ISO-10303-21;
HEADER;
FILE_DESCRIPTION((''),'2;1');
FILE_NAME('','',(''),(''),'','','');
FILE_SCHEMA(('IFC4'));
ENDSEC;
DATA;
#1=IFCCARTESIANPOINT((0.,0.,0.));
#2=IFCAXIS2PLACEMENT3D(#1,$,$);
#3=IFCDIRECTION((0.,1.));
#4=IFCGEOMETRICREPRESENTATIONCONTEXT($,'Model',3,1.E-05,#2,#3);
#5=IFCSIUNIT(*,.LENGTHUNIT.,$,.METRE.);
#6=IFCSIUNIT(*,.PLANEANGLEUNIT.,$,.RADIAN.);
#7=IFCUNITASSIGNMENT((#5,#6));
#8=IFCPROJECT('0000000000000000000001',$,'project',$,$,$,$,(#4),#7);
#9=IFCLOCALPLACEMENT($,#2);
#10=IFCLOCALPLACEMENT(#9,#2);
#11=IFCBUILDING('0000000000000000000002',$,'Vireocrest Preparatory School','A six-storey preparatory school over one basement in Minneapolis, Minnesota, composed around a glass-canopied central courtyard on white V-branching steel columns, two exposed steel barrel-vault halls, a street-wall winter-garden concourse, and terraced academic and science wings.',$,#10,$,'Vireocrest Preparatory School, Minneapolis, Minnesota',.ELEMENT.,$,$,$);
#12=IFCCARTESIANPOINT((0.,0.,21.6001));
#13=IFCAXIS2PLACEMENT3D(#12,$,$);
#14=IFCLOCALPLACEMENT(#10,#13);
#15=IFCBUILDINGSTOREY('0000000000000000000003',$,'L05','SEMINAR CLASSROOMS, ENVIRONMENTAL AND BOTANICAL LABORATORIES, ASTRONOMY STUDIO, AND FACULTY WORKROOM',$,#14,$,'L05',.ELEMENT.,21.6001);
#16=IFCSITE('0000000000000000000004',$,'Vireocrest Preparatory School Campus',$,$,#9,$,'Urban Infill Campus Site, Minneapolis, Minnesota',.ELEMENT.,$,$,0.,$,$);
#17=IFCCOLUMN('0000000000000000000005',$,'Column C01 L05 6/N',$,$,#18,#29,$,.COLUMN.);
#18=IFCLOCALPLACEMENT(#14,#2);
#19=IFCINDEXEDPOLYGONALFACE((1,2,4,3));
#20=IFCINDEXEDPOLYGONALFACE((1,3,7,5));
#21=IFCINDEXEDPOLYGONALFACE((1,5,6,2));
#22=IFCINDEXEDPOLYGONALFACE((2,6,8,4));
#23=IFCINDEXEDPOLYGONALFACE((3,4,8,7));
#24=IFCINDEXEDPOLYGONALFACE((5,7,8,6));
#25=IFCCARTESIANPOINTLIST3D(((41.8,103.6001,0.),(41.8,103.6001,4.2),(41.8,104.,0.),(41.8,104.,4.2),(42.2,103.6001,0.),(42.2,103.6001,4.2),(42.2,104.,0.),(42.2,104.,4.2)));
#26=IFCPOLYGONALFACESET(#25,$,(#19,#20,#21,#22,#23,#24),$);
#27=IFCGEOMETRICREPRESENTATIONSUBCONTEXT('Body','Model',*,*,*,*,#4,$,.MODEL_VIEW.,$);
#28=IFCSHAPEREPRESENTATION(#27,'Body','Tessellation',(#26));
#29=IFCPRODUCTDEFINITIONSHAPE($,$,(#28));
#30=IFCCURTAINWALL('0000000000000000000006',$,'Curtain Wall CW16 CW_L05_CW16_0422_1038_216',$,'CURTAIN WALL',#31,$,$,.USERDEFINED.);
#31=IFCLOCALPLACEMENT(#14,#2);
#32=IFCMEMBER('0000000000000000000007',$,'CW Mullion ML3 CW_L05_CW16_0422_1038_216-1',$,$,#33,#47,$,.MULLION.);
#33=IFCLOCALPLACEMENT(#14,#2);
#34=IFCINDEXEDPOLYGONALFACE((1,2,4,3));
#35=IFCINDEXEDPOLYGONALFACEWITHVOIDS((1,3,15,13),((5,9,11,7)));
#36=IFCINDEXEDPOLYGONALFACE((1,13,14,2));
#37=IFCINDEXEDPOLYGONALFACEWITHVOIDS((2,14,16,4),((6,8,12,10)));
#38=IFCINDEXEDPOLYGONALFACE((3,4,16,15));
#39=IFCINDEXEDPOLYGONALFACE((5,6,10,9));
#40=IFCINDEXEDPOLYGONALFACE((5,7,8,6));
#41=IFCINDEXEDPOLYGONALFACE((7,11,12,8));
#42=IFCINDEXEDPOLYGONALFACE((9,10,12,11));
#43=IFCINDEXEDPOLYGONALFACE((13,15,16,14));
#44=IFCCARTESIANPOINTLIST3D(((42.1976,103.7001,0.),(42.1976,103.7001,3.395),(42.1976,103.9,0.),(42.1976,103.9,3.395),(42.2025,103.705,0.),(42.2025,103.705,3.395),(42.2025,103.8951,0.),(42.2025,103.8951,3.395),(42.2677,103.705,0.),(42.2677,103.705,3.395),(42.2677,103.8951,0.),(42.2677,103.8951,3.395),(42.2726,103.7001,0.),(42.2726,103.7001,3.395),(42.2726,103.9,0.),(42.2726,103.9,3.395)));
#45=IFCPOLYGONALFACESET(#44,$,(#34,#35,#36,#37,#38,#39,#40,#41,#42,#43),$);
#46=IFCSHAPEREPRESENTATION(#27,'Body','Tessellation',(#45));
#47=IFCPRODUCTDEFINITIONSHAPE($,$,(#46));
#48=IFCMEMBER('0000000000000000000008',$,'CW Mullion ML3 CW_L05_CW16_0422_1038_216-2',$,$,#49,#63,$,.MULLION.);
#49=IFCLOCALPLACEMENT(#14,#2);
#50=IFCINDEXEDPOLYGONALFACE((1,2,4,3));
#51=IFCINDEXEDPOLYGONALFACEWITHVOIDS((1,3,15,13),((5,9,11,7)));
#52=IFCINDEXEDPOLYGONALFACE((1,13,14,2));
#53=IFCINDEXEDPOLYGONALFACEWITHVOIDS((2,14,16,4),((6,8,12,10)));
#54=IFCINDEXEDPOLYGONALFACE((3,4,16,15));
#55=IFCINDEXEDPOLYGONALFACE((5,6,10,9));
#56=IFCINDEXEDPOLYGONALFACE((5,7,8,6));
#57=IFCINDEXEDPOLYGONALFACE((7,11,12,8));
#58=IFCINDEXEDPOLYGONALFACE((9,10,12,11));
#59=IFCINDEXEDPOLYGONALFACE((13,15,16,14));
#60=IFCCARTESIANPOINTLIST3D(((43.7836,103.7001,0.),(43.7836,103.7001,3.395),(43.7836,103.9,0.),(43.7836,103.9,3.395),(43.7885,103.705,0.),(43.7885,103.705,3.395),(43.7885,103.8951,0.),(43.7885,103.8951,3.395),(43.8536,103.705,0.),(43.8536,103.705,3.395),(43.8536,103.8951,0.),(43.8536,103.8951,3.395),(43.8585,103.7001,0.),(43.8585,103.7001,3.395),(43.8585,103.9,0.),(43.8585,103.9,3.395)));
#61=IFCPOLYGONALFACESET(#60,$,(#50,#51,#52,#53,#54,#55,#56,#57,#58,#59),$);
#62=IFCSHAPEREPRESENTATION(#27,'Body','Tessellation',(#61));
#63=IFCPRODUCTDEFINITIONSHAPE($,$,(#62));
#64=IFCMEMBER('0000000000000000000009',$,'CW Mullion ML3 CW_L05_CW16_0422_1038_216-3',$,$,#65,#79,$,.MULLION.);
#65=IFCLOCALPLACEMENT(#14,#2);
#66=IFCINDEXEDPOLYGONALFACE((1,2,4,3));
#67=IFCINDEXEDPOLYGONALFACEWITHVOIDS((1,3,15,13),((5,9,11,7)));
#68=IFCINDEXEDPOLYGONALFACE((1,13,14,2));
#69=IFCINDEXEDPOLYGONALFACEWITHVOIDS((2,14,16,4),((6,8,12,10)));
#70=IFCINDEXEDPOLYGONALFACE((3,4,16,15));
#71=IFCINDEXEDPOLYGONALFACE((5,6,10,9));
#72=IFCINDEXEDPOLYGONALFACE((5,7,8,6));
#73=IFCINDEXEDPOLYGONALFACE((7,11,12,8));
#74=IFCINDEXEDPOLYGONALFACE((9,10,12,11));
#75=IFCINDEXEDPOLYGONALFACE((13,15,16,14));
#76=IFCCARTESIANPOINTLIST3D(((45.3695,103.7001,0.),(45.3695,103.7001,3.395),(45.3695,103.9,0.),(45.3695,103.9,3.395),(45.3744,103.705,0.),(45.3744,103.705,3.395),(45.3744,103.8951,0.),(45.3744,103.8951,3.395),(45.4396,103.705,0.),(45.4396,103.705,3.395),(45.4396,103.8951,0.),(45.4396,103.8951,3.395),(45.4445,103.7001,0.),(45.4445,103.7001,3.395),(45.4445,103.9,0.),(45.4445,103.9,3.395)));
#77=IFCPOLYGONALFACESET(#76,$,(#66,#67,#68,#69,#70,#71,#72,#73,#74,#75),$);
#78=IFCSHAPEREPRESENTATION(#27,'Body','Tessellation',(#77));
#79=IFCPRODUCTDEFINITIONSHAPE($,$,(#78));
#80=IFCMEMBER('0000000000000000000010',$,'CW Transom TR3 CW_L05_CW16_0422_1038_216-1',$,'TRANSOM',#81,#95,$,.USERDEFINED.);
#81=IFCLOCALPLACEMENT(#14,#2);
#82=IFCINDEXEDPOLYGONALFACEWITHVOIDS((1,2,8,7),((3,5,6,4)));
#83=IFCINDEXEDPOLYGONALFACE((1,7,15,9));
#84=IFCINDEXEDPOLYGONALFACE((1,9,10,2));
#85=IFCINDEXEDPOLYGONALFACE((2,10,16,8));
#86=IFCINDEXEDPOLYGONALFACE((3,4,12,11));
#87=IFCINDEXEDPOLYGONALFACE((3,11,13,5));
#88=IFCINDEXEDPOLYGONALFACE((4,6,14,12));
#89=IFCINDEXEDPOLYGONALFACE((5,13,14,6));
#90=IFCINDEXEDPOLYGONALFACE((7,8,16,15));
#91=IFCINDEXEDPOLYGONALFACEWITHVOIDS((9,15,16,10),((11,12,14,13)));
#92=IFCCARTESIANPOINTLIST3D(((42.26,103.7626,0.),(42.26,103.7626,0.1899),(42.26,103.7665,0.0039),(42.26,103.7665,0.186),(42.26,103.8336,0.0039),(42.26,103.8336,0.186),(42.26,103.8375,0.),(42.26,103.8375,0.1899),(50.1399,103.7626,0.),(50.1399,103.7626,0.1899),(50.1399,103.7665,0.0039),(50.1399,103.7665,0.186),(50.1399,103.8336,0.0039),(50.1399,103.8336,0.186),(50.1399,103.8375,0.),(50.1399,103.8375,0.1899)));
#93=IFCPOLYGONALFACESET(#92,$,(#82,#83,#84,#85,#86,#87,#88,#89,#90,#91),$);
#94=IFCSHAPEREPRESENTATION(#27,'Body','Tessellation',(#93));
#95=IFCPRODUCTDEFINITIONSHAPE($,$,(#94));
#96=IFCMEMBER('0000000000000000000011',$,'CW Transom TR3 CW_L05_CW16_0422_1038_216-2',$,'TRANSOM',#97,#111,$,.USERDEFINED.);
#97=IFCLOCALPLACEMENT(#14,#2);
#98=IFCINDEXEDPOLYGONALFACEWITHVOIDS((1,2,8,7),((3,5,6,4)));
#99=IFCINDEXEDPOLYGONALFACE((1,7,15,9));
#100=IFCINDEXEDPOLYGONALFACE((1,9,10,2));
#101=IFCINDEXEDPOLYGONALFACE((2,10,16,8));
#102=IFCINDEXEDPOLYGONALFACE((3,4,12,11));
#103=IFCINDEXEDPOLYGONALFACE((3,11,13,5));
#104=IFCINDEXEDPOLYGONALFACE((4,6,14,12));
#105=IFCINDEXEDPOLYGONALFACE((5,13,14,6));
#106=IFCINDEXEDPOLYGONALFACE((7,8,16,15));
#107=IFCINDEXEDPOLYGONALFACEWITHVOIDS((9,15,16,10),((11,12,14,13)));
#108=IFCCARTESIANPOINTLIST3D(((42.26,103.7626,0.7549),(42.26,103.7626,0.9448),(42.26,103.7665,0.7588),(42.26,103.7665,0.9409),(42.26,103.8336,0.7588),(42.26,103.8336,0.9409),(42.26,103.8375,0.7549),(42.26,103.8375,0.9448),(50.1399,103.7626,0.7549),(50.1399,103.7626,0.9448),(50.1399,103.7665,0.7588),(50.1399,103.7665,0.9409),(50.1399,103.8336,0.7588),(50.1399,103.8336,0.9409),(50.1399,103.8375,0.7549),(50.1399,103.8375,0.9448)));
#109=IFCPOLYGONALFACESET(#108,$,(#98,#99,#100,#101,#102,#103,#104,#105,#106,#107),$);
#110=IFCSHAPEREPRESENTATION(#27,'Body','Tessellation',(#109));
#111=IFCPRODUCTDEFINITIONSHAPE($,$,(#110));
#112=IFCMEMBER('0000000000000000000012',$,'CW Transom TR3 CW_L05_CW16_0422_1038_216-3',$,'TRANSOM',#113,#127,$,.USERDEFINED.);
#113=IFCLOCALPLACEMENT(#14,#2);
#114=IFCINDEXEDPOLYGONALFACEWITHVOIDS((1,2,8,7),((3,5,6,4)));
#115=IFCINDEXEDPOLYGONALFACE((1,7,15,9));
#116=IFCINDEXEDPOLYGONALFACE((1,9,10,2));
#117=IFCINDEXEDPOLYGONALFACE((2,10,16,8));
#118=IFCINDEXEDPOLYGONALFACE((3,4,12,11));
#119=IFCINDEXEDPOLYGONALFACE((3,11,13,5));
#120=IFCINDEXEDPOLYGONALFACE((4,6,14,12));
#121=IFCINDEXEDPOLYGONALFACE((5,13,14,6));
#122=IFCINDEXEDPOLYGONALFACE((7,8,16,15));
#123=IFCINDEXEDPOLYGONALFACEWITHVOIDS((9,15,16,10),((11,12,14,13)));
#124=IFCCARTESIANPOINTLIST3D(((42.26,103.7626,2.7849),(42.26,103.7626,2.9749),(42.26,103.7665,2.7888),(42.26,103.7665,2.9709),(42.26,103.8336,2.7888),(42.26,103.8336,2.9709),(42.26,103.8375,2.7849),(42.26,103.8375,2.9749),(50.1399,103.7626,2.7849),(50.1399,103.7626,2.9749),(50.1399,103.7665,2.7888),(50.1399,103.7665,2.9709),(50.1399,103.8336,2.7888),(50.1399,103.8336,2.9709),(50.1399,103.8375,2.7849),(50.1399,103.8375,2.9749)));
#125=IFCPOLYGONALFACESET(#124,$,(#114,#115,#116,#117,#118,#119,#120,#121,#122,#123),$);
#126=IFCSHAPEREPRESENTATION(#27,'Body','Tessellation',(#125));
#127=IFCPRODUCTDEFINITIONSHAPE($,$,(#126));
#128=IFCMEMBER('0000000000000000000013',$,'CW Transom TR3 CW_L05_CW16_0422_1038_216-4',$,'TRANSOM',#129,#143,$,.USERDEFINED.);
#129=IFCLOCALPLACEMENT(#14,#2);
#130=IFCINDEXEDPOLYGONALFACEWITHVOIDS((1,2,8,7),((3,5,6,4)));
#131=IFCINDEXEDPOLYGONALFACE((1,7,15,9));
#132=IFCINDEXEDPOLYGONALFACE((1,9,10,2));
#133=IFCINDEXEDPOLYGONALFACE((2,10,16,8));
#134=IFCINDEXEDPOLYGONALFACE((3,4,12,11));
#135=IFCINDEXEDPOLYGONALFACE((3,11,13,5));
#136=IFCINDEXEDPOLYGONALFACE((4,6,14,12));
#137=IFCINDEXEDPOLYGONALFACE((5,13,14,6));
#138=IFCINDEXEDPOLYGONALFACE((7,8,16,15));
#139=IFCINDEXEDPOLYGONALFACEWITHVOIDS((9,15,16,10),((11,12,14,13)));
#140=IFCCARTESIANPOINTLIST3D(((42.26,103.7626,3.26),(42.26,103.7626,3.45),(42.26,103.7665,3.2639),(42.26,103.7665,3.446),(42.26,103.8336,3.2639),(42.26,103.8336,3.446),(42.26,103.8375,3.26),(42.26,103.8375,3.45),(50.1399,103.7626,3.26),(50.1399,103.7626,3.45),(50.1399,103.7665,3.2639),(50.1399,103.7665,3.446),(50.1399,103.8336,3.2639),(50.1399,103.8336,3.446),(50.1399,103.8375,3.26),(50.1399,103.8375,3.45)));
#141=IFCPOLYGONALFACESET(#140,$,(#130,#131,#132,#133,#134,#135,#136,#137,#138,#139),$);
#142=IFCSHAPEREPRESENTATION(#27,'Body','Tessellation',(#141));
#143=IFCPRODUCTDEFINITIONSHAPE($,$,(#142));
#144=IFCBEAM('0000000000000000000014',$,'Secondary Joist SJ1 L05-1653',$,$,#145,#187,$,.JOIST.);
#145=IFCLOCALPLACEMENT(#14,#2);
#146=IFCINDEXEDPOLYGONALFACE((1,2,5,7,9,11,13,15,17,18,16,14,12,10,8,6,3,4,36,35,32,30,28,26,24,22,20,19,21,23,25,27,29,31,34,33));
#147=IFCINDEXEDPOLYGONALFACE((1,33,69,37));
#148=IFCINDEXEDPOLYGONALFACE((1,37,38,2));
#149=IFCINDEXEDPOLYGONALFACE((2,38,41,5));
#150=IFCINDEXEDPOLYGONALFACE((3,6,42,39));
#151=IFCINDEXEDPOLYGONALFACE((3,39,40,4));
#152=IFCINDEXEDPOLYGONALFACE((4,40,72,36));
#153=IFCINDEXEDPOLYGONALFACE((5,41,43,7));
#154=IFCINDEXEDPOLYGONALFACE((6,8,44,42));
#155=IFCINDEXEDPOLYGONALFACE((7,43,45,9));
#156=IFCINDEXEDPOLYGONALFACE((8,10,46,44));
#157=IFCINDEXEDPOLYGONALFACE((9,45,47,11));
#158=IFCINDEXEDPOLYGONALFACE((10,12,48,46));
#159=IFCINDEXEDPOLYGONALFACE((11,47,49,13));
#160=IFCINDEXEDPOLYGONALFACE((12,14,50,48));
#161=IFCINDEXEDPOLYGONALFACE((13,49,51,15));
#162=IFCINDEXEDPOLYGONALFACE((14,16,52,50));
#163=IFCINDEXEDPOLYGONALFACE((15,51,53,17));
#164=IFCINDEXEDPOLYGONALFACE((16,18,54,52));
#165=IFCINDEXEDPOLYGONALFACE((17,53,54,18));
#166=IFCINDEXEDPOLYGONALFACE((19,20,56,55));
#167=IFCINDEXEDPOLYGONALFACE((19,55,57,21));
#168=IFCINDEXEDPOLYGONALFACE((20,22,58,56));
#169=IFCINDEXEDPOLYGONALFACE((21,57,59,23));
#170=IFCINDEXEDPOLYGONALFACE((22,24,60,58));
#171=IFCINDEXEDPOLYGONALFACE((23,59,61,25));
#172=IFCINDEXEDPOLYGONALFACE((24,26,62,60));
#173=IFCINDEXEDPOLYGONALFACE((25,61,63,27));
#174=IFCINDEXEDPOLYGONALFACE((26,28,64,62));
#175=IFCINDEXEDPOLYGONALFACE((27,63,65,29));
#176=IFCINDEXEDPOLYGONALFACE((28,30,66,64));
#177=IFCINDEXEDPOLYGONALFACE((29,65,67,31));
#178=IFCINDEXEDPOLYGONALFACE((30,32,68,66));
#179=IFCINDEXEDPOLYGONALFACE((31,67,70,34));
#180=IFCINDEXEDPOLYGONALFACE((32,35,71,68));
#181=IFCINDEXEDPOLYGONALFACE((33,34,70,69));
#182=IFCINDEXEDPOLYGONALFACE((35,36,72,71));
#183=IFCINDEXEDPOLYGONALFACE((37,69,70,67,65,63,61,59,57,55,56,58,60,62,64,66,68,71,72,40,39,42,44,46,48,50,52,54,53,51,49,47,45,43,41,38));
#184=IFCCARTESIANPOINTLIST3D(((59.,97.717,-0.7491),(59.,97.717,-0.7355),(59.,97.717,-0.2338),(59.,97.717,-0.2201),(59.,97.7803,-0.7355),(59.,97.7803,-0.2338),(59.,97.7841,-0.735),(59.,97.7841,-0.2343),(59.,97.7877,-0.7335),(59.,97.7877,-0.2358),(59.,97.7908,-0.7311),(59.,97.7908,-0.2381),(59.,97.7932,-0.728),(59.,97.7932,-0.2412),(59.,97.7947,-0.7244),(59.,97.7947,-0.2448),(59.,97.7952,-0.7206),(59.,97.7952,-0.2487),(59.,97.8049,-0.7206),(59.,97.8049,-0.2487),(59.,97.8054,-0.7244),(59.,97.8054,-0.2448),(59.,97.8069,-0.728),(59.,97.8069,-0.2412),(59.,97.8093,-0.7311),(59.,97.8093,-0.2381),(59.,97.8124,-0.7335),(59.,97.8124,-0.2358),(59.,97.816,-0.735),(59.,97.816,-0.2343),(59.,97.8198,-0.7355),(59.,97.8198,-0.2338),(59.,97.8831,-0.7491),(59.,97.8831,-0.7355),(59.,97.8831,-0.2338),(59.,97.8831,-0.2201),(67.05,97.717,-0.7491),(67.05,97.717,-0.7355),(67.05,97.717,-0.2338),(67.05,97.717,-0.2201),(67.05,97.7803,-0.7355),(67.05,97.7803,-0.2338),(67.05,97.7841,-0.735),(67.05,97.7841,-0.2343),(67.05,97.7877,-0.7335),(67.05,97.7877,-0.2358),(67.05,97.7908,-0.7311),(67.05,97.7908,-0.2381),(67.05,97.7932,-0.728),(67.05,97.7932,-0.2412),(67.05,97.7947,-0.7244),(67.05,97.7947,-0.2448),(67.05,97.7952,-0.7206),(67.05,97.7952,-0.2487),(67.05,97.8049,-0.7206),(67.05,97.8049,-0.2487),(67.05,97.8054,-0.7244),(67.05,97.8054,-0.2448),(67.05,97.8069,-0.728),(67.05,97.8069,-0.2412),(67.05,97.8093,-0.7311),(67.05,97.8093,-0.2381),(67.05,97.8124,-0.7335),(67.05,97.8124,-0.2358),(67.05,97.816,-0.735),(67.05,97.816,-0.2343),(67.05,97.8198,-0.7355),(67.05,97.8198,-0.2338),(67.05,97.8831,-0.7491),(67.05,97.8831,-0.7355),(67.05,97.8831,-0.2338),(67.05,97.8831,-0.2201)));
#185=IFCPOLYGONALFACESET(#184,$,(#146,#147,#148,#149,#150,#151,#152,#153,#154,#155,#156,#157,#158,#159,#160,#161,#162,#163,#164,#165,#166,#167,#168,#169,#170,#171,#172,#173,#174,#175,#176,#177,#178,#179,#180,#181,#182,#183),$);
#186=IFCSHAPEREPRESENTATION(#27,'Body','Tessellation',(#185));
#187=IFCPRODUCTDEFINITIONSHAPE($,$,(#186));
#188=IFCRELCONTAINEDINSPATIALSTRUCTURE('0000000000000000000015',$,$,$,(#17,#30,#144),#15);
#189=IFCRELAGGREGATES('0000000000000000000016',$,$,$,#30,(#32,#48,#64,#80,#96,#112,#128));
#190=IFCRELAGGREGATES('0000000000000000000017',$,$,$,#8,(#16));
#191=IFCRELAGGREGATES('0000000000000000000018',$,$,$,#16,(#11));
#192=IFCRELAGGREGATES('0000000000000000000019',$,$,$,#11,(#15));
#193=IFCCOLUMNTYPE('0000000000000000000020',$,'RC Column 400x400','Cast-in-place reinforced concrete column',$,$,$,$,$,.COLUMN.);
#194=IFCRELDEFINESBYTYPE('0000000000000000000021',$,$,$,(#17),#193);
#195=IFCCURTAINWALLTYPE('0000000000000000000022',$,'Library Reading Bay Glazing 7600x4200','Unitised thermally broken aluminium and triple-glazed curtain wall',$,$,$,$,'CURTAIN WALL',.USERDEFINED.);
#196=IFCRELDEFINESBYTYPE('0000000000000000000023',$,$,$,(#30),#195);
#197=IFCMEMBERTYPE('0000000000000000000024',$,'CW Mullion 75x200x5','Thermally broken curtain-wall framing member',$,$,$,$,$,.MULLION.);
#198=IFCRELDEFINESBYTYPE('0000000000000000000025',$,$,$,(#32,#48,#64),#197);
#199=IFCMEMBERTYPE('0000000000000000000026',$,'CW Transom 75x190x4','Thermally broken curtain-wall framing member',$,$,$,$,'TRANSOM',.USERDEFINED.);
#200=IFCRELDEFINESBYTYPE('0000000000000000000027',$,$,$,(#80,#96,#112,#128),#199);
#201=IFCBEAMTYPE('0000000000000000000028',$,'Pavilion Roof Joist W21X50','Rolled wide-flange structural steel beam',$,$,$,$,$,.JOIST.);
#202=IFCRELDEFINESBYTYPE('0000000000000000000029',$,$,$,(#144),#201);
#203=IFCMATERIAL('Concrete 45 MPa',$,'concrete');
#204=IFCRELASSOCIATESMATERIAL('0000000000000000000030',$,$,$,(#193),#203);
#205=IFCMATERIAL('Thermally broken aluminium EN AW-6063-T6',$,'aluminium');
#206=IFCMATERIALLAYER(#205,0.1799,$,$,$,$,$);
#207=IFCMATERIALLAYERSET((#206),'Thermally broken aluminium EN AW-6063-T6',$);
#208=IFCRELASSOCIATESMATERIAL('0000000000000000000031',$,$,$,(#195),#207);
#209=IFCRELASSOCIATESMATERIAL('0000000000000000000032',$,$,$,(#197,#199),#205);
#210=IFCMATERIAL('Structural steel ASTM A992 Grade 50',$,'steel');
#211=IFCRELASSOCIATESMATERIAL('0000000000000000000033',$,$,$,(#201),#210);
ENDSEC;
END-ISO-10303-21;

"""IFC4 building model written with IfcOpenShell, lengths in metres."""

from ifc_helpers import new_model, si_unit, direction, frame, origin, origin_2d, place, context, subcontext, project, spatial, rectangle, hollow_rectangle, i_section, extrude, material, layer, layer_set, material_profile, profile_set, type_object, element, aggregate, save


model = new_model("IFC4")

# Units and contexts
model_context = context("Model", 3, precision=1e-05, world=origin(), true_north=direction((0.0, 1.0)))
body_context = subcontext(model_context, "Body", "Model", "MODEL_VIEW")
ifc_project = project(units=[si_unit("LENGTHUNIT", "METRE"), si_unit("PLANEANGLEUNIT", "RADIAN")], contexts=[model_context])

# Site, building, storey
site_placement = place(None, origin())
site = spatial("IfcSite", under=ifc_project, at=site_placement, Name="Vireocrest Preparatory School Campus", LongName="Urban Infill Campus Site, Minneapolis, Minnesota", CompositionType="ELEMENT", RefElevation=0.0)
building_placement = place(site_placement, origin())
building = spatial("IfcBuilding", under=site, at=building_placement, Name="Vireocrest Preparatory School", Description="A six-storey preparatory school over one basement in Minneapolis, Minnesota, composed around a glass-canopied central courtyard on white V-branching steel columns, two exposed steel barrel-vault halls, a street-wall winter-garden concourse, and terraced academic and science wings.", LongName="Vireocrest Preparatory School, Minneapolis, Minnesota", CompositionType="ELEMENT")
storey_placement = place(building_placement, frame((0.0, 0.0, 21.6001)))
storey = spatial("IfcBuildingStorey", under=building, at=storey_placement, Name="L05", Description="SEMINAR CLASSROOMS, ENVIRONMENTAL AND BOTANICAL LABORATORIES, ASTRONOMY STUDIO, AND FACULTY WORKROOM", LongName="L05", CompositionType="ELEMENT", Elevation=21.6001)

# Column
ifc_material_1 = material(Name="Concrete 45 MPa", Category="concrete")
ifc_material_profile_1 = material_profile(ifc_material_1, rectangle(XDim=0.3999, YDim=0.3999, at=origin_2d()), Name="RC 400x400")
ifc_profile_set_1 = profile_set([ifc_material_profile_1], Name="Concrete 45 MPa")
column_type = type_object("IfcColumnType", Name="RC Column 400x400", Description="Cast-in-place reinforced concrete column", PredefinedType="COLUMN", material=ifc_profile_set_1)
column_placement = place(storey_placement, frame((42.0, 103.8, 0.0), z_axis=(0.0, 0.0, 1.0), x_axis=(1.0, 0.0, 0.0)))
element("IfcColumn", 1, at=column_placement, inside=storey, type_object=column_type, Name="Column C01 L05 6/N", PredefinedType="COLUMN", context=body_context, shape_type="SweptSolid", body=[
    extrude(rectangle(XDim=0.3999, YDim=0.3999, at=origin_2d()), origin(), (0.0, 0.0, 1.0), 4.2),
])

# Curtain wall, members
ifc_material_2 = material(Name="Thermally broken aluminium EN AW-6063-T6", Category="aluminium")
ifc_layer_1 = layer(ifc_material_2, 0.1799)
ifc_layer_set_1 = layer_set([ifc_layer_1], Name="Thermally broken aluminium EN AW-6063-T6")
curtain_wall_type = type_object("IfcCurtainWallType", Name="Library Reading Bay Glazing 7600x4200", Description="Unitised thermally broken aluminium and triple-glazed curtain wall", ElementType="CURTAIN WALL", PredefinedType="USERDEFINED", material=ifc_layer_set_1)
curtain_wall_placement = place(storey_placement, origin())
curtain_wall = element("IfcCurtainWall", 2, at=curtain_wall_placement, inside=storey, type_object=curtain_wall_type, Name="Curtain Wall CW16 CW_L05_CW16_0422_1038_216", ObjectType="CURTAIN WALL", PredefinedType="USERDEFINED")
ifc_material_profile_2 = material_profile(ifc_material_2, hollow_rectangle(XDim=0.075, YDim=0.2, WallThickness=0.0049, at=origin_2d()), Name="ALU 75x200x5")
ifc_profile_set_2 = profile_set([ifc_material_profile_2], Name="Thermally broken aluminium EN AW-6063-T6")
member_type_1 = type_object("IfcMemberType", Name="CW Mullion 75x200x5", Description="Thermally broken curtain-wall framing member", PredefinedType="MULLION", material=ifc_profile_set_2)
member_1_placement = place(storey_placement, frame((42.2351, 103.8, 0.0), z_axis=(0.0, 0.0, 1.0), x_axis=(1.0, 0.0, 0.0)))
member_1 = element("IfcMember", 3, at=member_1_placement, type_object=member_type_1, Name="CW Mullion ML3 CW_L05_CW16_0422_1038_216-1", PredefinedType="MULLION", context=body_context, shape_type="SweptSolid", body=[
    extrude(hollow_rectangle(XDim=0.075, YDim=0.2, WallThickness=0.0049, at=origin_2d()), origin(), (0.0, 0.0, 1.0), 3.395),
])
member_2_placement = place(storey_placement, frame((43.821, 103.8, 0.0), z_axis=(0.0, 0.0, 1.0), x_axis=(1.0, 0.0, 0.0)))
member_2 = element("IfcMember", 4, at=member_2_placement, type_object=member_type_1, Name="CW Mullion ML3 CW_L05_CW16_0422_1038_216-2", PredefinedType="MULLION", context=body_context, shape_type="SweptSolid", body=[
    extrude(hollow_rectangle(XDim=0.075, YDim=0.2, WallThickness=0.0049, at=origin_2d()), origin(), (0.0, 0.0, 1.0), 3.395),
])
member_3_placement = place(storey_placement, frame((45.407, 103.8, 0.0), z_axis=(0.0, 0.0, 1.0), x_axis=(1.0, 0.0, 0.0)))
member_3 = element("IfcMember", 5, at=member_3_placement, type_object=member_type_1, Name="CW Mullion ML3 CW_L05_CW16_0422_1038_216-3", PredefinedType="MULLION", context=body_context, shape_type="SweptSolid", body=[
    extrude(hollow_rectangle(XDim=0.075, YDim=0.2, WallThickness=0.0049, at=origin_2d()), origin(), (0.0, 0.0, 1.0), 3.395),
])
ifc_material_profile_3 = material_profile(ifc_material_2, hollow_rectangle(XDim=0.075, YDim=0.1899, WallThickness=0.0039, at=origin_2d()), Name="ALU 75x190x4")
ifc_profile_set_3 = profile_set([ifc_material_profile_3], Name="Thermally broken aluminium EN AW-6063-T6")
member_type_2 = type_object("IfcMemberType", Name="CW Transom 75x190x4", Description="Thermally broken curtain-wall framing member", ElementType="TRANSOM", PredefinedType="USERDEFINED", material=ifc_profile_set_3)
member_4_placement = place(storey_placement, frame((42.26, 103.8, 0.095), z_axis=(1.0, 0.0, 0.0), x_axis=(0.0, 1.0, 0.0)))
member_4 = element("IfcMember", 6, at=member_4_placement, type_object=member_type_2, Name="CW Transom TR3 CW_L05_CW16_0422_1038_216-1", ObjectType="TRANSOM", PredefinedType="USERDEFINED", context=body_context, shape_type="SweptSolid", body=[
    extrude(hollow_rectangle(XDim=0.075, YDim=0.1899, WallThickness=0.0039, at=origin_2d()), origin(), (0.0, 0.0, 1.0), 7.8799),
])
member_5_placement = place(storey_placement, frame((42.26, 103.8, 0.8499), z_axis=(1.0, 0.0, 0.0), x_axis=(0.0, 1.0, 0.0)))
member_5 = element("IfcMember", 7, at=member_5_placement, type_object=member_type_2, Name="CW Transom TR3 CW_L05_CW16_0422_1038_216-2", ObjectType="TRANSOM", PredefinedType="USERDEFINED", context=body_context, shape_type="SweptSolid", body=[
    extrude(hollow_rectangle(XDim=0.075, YDim=0.1899, WallThickness=0.0039, at=origin_2d()), origin(), (0.0, 0.0, 1.0), 7.8799),
])
member_6_placement = place(storey_placement, frame((42.26, 103.8, 2.8799), z_axis=(1.0, 0.0, 0.0), x_axis=(0.0, 1.0, 0.0)))
member_6 = element("IfcMember", 8, at=member_6_placement, type_object=member_type_2, Name="CW Transom TR3 CW_L05_CW16_0422_1038_216-3", ObjectType="TRANSOM", PredefinedType="USERDEFINED", context=body_context, shape_type="SweptSolid", body=[
    extrude(hollow_rectangle(XDim=0.075, YDim=0.1899, WallThickness=0.0039, at=origin_2d()), origin(), (0.0, 0.0, 1.0), 7.8799),
])
member_7_placement = place(storey_placement, frame((42.26, 103.8, 3.355), z_axis=(1.0, 0.0, 0.0), x_axis=(0.0, 1.0, 0.0)))
member_7 = element("IfcMember", 9, at=member_7_placement, type_object=member_type_2, Name="CW Transom TR3 CW_L05_CW16_0422_1038_216-4", ObjectType="TRANSOM", PredefinedType="USERDEFINED", context=body_context, shape_type="SweptSolid", body=[
    extrude(hollow_rectangle(XDim=0.075, YDim=0.1899, WallThickness=0.0039, at=origin_2d()), origin(), (0.0, 0.0, 1.0), 7.8799),
])

# Beam
ifc_material_3 = material(Name="Structural steel ASTM A992 Grade 50", Category="steel")
ifc_material_profile_4 = material_profile(ifc_material_3, i_section(OverallWidth=0.166, OverallDepth=0.5291, WebThickness=0.0098, FlangeThickness=0.0137, FilletRadius=0.0149, at=origin_2d()), Name="W21X50")
ifc_profile_set_4 = profile_set([ifc_material_profile_4], Name="Structural steel ASTM A992 Grade 50")
beam_type_1 = type_object("IfcBeamType", Name="Pavilion Roof Joist W21X50", Description="Rolled wide-flange structural steel beam", PredefinedType="JOIST", material=ifc_profile_set_4)
for number, where, z_axis, x_axis, name in (
    (10, (59.0, 97.8, -0.4846), (1.0, 0.0, 0.0), (0.0, 1.0, 0.0), "Secondary Joist SJ1 L05-1653"),
):
    element("IfcBeam", number, at=place(storey_placement, frame(where, z_axis=z_axis, x_axis=x_axis)), inside=storey, type_object=beam_type_1, Name=name, PredefinedType="JOIST", context=body_context, shape_type="SweptSolid", body=[
        extrude(i_section(OverallWidth=0.166, OverallDepth=0.5291, WebThickness=0.0098, FlangeThickness=0.0137, FilletRadius=0.0149, at=origin_2d()), origin(), (0.0, 0.0, 1.0), 8.05),
    ])

aggregate(curtain_wall, [member_1, member_2, member_3, member_4, member_5, member_6, member_7])

save(model, "model.ifc")
